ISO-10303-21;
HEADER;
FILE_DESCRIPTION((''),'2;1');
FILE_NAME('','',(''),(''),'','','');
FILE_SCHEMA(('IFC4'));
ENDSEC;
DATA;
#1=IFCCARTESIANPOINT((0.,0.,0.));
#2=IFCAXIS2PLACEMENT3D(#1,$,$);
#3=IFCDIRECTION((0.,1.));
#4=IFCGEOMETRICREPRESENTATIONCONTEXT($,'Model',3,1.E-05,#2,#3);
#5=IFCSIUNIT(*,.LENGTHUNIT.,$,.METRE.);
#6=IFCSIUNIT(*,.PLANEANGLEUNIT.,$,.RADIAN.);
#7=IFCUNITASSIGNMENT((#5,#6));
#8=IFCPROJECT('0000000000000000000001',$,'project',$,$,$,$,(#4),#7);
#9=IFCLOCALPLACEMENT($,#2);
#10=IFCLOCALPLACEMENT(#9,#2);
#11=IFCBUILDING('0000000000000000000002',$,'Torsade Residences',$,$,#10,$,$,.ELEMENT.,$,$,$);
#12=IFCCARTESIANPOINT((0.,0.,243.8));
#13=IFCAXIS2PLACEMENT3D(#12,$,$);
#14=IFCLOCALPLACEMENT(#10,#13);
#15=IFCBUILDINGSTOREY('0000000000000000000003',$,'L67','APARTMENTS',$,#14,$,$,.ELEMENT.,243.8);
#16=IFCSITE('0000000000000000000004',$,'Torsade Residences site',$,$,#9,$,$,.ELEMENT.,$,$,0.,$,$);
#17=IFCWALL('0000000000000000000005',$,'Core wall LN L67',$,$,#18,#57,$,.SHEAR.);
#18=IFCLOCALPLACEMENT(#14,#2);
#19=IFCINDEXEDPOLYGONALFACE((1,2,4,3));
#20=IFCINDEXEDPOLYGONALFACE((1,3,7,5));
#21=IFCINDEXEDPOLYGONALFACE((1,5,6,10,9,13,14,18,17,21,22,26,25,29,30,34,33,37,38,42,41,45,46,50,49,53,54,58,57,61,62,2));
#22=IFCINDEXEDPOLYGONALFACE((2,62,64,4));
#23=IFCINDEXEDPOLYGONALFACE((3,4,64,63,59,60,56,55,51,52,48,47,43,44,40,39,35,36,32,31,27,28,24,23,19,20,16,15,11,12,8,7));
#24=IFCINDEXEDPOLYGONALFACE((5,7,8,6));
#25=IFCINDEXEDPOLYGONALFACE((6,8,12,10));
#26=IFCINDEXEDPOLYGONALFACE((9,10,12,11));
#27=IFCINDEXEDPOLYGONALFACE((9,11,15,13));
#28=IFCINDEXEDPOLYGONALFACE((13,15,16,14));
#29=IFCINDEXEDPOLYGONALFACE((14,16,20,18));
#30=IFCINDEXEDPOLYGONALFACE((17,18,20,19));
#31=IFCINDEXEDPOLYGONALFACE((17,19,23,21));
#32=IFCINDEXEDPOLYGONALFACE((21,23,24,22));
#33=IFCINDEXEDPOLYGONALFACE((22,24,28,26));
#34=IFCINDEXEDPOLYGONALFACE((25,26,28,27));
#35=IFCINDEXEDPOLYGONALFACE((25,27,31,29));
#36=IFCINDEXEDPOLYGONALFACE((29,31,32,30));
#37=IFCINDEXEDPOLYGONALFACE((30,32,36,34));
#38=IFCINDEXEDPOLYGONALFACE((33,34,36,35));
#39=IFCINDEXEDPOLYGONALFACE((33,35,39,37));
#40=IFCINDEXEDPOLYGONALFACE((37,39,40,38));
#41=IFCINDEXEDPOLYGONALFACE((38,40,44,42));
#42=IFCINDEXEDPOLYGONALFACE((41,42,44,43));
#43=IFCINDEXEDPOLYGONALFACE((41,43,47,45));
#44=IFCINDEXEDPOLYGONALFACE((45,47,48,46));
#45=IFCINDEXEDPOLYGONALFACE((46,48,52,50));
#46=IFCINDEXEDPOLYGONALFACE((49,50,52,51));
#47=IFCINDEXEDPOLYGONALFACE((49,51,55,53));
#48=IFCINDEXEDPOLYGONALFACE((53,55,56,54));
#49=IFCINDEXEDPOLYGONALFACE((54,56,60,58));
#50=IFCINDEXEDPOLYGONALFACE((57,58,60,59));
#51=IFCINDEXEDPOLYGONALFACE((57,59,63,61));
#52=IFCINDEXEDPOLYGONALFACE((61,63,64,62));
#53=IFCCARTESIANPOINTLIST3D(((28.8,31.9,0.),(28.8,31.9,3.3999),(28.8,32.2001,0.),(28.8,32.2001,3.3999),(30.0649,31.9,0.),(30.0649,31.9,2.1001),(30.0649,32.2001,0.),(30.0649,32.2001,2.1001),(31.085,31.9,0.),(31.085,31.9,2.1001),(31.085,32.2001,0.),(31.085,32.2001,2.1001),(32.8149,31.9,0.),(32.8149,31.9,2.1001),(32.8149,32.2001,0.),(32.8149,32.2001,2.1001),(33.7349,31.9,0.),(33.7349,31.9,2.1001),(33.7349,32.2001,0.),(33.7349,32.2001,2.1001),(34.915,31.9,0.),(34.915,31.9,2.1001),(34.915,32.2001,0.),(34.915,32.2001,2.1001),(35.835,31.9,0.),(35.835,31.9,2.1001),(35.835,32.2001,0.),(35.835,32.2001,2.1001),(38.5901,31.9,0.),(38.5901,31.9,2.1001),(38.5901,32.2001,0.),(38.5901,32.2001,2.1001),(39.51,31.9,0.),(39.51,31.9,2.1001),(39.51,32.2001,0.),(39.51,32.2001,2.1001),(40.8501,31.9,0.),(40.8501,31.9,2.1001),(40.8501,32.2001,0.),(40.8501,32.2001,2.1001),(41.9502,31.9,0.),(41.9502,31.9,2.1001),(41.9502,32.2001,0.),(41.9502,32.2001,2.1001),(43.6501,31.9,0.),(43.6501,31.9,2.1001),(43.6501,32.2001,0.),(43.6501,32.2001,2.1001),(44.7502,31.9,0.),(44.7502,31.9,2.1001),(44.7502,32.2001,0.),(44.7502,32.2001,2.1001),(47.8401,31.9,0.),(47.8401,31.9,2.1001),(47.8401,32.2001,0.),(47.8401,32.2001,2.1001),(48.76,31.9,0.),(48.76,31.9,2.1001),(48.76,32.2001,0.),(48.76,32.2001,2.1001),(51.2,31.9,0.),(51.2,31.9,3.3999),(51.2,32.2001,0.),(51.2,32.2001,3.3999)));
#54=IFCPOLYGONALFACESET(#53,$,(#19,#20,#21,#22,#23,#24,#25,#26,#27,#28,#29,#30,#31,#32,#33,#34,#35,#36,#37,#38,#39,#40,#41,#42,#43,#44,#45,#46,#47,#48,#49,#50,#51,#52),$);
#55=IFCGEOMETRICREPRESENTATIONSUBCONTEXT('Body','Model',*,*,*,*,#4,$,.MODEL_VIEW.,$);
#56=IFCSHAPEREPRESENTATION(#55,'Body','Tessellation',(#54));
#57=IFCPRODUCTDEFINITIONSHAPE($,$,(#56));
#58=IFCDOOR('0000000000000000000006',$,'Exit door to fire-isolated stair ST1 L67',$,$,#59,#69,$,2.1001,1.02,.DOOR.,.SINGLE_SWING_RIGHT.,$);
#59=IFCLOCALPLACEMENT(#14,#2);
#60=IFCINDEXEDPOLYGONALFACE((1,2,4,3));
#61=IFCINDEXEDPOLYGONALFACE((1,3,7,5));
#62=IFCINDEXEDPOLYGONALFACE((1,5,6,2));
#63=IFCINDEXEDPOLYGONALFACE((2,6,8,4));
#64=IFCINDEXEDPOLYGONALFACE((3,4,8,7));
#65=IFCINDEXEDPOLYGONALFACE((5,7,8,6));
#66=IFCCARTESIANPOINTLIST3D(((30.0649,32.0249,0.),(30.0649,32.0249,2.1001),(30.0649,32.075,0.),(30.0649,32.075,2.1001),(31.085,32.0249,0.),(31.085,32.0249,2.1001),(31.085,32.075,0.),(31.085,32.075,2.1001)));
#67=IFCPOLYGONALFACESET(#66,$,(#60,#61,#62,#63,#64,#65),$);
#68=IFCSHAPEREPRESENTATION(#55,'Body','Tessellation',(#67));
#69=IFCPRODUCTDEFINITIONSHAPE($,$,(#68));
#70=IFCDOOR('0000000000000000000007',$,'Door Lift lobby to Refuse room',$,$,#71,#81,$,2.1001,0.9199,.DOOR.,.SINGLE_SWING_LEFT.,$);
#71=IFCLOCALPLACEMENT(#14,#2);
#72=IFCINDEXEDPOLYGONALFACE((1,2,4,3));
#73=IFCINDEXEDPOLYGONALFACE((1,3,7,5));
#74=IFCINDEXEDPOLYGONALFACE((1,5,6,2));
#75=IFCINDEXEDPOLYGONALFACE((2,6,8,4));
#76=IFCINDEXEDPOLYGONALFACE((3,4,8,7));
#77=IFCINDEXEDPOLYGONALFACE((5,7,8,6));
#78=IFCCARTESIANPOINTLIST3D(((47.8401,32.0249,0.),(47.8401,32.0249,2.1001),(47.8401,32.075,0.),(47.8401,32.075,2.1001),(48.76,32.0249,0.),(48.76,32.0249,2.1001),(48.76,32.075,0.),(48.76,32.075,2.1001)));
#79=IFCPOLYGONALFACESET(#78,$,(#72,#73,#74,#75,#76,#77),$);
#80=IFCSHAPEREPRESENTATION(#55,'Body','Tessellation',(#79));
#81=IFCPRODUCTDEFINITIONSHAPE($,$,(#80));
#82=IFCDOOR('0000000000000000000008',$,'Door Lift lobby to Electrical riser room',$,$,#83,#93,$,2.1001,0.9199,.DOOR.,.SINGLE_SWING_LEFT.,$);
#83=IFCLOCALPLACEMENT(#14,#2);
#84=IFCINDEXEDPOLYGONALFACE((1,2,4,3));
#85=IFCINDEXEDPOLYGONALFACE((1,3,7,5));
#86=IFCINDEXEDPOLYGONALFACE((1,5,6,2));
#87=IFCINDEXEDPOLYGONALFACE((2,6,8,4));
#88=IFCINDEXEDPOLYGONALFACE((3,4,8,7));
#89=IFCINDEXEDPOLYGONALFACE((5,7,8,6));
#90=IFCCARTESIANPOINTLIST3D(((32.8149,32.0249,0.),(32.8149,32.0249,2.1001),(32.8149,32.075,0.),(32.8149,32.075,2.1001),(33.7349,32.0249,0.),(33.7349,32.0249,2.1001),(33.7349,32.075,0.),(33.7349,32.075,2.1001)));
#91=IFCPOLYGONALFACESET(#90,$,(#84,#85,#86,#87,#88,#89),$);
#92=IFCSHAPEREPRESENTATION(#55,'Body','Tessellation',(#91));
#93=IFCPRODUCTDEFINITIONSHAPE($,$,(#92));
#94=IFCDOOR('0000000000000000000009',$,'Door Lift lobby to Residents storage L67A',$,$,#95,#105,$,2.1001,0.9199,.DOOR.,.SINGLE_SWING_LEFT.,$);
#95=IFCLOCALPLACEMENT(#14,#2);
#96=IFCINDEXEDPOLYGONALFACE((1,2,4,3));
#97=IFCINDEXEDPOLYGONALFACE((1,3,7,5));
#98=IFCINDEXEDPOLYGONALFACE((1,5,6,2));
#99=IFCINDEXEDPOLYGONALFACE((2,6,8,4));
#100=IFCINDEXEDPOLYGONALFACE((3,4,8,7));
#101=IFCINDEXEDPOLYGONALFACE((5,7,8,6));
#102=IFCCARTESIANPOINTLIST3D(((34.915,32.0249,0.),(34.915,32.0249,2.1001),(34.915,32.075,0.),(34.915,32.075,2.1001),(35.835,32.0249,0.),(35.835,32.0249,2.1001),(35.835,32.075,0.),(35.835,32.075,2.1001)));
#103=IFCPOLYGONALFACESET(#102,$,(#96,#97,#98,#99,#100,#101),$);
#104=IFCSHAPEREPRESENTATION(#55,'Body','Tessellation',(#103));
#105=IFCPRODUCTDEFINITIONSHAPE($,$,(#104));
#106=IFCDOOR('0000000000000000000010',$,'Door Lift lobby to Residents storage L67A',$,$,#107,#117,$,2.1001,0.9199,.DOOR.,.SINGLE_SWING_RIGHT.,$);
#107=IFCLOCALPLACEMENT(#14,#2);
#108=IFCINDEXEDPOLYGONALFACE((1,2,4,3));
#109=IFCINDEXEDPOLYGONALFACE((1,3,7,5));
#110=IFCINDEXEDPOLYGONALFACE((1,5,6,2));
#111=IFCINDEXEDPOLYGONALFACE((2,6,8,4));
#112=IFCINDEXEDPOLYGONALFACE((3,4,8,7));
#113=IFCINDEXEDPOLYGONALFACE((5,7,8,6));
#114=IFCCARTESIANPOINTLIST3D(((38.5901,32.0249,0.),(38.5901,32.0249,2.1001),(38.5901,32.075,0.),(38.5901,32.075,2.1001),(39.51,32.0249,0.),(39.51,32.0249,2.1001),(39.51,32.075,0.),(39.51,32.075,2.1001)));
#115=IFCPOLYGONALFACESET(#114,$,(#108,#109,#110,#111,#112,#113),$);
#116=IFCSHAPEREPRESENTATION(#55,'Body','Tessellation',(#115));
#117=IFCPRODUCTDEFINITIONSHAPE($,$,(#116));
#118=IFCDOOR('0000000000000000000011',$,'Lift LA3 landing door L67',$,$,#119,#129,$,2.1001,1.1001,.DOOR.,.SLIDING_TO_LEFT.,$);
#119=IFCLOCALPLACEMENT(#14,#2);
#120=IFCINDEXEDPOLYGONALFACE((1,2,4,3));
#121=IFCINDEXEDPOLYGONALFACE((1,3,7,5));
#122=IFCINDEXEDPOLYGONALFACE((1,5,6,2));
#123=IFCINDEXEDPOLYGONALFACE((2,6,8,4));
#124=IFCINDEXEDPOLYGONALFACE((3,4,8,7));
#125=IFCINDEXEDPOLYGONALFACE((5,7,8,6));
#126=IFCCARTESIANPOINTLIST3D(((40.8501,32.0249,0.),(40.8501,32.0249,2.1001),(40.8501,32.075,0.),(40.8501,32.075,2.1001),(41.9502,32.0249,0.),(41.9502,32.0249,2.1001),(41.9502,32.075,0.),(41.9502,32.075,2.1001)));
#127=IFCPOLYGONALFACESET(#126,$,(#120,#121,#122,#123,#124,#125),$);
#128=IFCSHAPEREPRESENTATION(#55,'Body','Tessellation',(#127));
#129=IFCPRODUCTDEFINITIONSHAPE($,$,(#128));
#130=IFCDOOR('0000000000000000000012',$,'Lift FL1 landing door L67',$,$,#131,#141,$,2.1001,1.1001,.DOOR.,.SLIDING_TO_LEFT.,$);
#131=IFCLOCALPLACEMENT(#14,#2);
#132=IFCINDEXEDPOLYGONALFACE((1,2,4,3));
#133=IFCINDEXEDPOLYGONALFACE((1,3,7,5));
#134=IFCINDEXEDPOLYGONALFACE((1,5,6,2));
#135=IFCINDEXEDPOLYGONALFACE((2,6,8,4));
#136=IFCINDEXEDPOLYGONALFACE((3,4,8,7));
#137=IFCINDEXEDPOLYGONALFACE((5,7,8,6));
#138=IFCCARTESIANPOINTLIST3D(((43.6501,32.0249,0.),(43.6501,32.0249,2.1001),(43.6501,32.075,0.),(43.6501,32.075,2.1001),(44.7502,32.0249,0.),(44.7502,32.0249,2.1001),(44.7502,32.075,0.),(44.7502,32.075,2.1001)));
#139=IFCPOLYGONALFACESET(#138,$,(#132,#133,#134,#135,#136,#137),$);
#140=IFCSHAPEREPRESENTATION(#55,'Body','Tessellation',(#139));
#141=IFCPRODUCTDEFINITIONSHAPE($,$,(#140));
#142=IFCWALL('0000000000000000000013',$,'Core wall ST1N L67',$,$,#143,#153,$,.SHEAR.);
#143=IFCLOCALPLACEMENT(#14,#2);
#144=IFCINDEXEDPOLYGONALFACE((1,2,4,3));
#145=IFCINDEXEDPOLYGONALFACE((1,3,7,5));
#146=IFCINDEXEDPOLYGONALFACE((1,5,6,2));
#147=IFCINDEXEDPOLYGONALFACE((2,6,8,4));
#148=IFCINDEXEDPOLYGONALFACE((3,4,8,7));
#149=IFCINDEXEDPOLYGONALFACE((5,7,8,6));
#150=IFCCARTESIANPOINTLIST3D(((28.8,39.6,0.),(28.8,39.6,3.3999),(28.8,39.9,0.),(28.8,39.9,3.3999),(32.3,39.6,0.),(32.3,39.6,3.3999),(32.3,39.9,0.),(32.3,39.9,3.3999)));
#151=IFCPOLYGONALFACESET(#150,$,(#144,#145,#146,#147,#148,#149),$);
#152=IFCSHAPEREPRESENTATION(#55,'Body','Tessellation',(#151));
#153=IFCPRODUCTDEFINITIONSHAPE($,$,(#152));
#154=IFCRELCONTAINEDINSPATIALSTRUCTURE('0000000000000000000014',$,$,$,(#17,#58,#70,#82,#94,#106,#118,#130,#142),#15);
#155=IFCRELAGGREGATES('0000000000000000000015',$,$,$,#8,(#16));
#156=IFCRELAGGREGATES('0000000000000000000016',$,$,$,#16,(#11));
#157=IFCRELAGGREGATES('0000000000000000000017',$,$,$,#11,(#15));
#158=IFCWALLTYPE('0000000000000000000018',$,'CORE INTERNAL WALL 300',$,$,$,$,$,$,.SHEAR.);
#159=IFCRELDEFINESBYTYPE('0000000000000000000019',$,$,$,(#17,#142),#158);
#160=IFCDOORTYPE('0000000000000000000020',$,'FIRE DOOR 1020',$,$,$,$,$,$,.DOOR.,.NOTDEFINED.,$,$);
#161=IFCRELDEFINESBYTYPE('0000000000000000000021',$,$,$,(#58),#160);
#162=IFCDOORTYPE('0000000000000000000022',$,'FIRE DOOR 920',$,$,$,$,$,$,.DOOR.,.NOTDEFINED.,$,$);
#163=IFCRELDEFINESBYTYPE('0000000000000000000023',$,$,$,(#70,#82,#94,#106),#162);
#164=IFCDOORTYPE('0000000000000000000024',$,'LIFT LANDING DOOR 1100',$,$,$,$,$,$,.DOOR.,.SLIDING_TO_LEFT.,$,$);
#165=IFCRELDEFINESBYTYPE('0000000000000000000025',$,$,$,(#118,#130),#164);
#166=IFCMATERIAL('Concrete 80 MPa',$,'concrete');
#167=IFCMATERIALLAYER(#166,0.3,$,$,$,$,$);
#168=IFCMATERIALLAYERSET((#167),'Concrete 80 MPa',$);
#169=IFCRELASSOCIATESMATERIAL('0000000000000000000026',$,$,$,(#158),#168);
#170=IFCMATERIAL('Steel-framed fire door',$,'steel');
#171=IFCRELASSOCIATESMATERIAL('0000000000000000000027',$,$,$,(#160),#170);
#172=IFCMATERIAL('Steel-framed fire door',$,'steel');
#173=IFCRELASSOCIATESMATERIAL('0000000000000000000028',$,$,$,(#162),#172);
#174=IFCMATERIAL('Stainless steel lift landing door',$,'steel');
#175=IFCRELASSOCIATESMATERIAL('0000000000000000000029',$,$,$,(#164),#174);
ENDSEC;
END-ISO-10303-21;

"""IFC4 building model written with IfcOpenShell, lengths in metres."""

from ifc_helpers import new_model, si_unit, direction, frame, frame_2d, origin, place, context, subcontext, project, spatial, rectangle, extrude, material, layer, layer_set, type_object, element, fill, save


model = new_model("IFC4")

# Units and contexts
model_context = context("Model", 3, precision=1e-05, world=origin(), true_north=direction((0.0, 1.0)))
body_context = subcontext(model_context, "Body", "Model", "MODEL_VIEW")
ifc_project = project(units=[si_unit("LENGTHUNIT", "METRE"), si_unit("PLANEANGLEUNIT", "RADIAN")], contexts=[model_context])

# Site, building, storey
site_placement = place(None, origin())
site = spatial("IfcSite", under=ifc_project, at=site_placement, Name="Torsade Residences site", CompositionType="ELEMENT", RefElevation=0.0)
building_placement = place(site_placement, origin())
building = spatial("IfcBuilding", under=site, at=building_placement, Name="Torsade Residences", CompositionType="ELEMENT")
storey_placement = place(building_placement, frame((0.0, 0.0, 243.8)))
storey = spatial("IfcBuildingStorey", under=building, at=storey_placement, Name="L67", Description="APARTMENTS", CompositionType="ELEMENT", Elevation=243.8)

# Wall, openings, doors
ifc_material_1 = material(Name="Concrete 80 MPa", Category="concrete")
ifc_layer_1 = layer(ifc_material_1, 0.3)
ifc_layer_set_1 = layer_set([ifc_layer_1], Name="Concrete 80 MPa")
wall_type_1 = type_object("IfcWallType", Name="CORE INTERNAL WALL 300", PredefinedType="SHEAR", material=ifc_layer_set_1)
wall_1_placement = place(storey_placement, frame((28.8, 32.05, 0.0), z_axis=(0.0, 0.0, 1.0), x_axis=(1.0, 0.0, 0.0)))
wall_1 = element("IfcWall", 1, at=wall_1_placement, inside=storey, type_object=wall_type_1, Name="Core wall LN L67", PredefinedType="SHEAR", context=body_context, shape_type="SweptSolid", body=[
    extrude(rectangle(XDim=22.3999, YDim=0.3, at=frame_2d((11.2, 0.0))), origin(), (0.0, 0.0, 1.0), 3.3999),
])
opening_1_placement = place(wall_1_placement, frame((19.04, 0.0, 0.0)))
opening_1 = element("IfcOpeningElement", 2, at=opening_1_placement, cuts=wall_1, PredefinedType="OPENING", context=body_context, shape_type="SweptSolid", body=[
    extrude(rectangle(XDim=0.9199, YDim=2.1001, at=frame_2d((0.46, 1.05))), frame((0.0, 0.1599, 0.0), z_axis=(0.0, -1.0, 0.0), x_axis=(1.0, 0.0, 0.0)), (0.0, 0.0, 1.0), 0.3201),
])
opening_2_placement = place(wall_1_placement, frame((1.2649, 0.0, 0.0)))
opening_2 = element("IfcOpeningElement", 3, at=opening_2_placement, cuts=wall_1, PredefinedType="OPENING", context=body_context, shape_type="SweptSolid", body=[
    extrude(rectangle(XDim=1.02, YDim=2.1001, at=frame_2d((0.51, 1.05))), frame((0.0, 0.1599, 0.0), z_axis=(0.0, -1.0, 0.0), x_axis=(1.0, 0.0, 0.0)), (0.0, 0.0, 1.0), 0.3201),
])
opening_3_placement = place(wall_1_placement, frame((4.0149, 0.0, 0.0)))
opening_3 = element("IfcOpeningElement", 4, at=opening_3_placement, cuts=wall_1, PredefinedType="OPENING", context=body_context, shape_type="SweptSolid", body=[
    extrude(rectangle(XDim=0.9199, YDim=2.1001, at=frame_2d((0.46, 1.05))), frame((0.0, 0.1599, 0.0), z_axis=(0.0, -1.0, 0.0), x_axis=(1.0, 0.0, 0.0)), (0.0, 0.0, 1.0), 0.3201),
])
opening_4_placement = place(wall_1_placement, frame((6.115, 0.0, 0.0)))
opening_4 = element("IfcOpeningElement", 5, at=opening_4_placement, cuts=wall_1, PredefinedType="OPENING", context=body_context, shape_type="SweptSolid", body=[
    extrude(rectangle(XDim=0.9199, YDim=2.1001, at=frame_2d((0.46, 1.05))), frame((0.0, 0.1599, 0.0), z_axis=(0.0, -1.0, 0.0), x_axis=(1.0, 0.0, 0.0)), (0.0, 0.0, 1.0), 0.3201),
])
opening_5_placement = place(wall_1_placement, frame((9.79, 0.0, 0.0)))
opening_5 = element("IfcOpeningElement", 6, at=opening_5_placement, cuts=wall_1, PredefinedType="OPENING", context=body_context, shape_type="SweptSolid", body=[
    extrude(rectangle(XDim=0.9199, YDim=2.1001, at=frame_2d((0.46, 1.05))), frame((0.0, 0.1599, 0.0), z_axis=(0.0, -1.0, 0.0), x_axis=(1.0, 0.0, 0.0)), (0.0, 0.0, 1.0), 0.3201),
])
opening_6_placement = place(wall_1_placement, frame((12.05, 0.0, 0.0)))
opening_6 = element("IfcOpeningElement", 7, at=opening_6_placement, cuts=wall_1, PredefinedType="OPENING", context=body_context, shape_type="SweptSolid", body=[
    extrude(rectangle(XDim=1.1001, YDim=2.1001, at=frame_2d((0.55, 1.05))), frame((0.0, 0.1599, 0.0), z_axis=(0.0, -1.0, 0.0), x_axis=(1.0, 0.0, 0.0)), (0.0, 0.0, 1.0), 0.3201),
])
opening_7_placement = place(wall_1_placement, frame((14.8501, 0.0, 0.0)))
opening_7 = element("IfcOpeningElement", 8, at=opening_7_placement, cuts=wall_1, PredefinedType="OPENING", context=body_context, shape_type="SweptSolid", body=[
    extrude(rectangle(XDim=1.1001, YDim=2.1001, at=frame_2d((0.55, 1.05))), frame((0.0, 0.1599, 0.0), z_axis=(0.0, -1.0, 0.0), x_axis=(1.0, 0.0, 0.0)), (0.0, 0.0, 1.0), 0.3201),
])
ifc_material_2 = material(Name="Steel-framed fire door", Category="steel")
door_type_1 = type_object("IfcDoorType", Name="FIRE DOOR 1020", OperationType="NOTDEFINED", PredefinedType="DOOR", material=ifc_material_2)
door_1_placement = place(opening_2_placement, origin())
door_1 = element("IfcDoor", 9, at=door_1_placement, inside=storey, type_object=door_type_1, Name="Exit door to fire-isolated stair ST1 L67", OperationType="SINGLE_SWING_RIGHT", OverallHeight=2.1001, OverallWidth=1.02, PredefinedType="DOOR", context=body_context, shape_type="SweptSolid", body=[
    extrude(rectangle(XDim=1.02, YDim=2.1001, at=frame_2d((0.51, 1.05))), frame((0.0, 0.0249, 0.0), z_axis=(0.0, -1.0, 0.0), x_axis=(1.0, 0.0, 0.0)), (0.0, 0.0, 1.0), 0.05),
])
fill(opening_2, door_1)
ifc_material_3 = material(Name="Steel-framed fire door", Category="steel")
door_type_2 = type_object("IfcDoorType", Name="FIRE DOOR 920", OperationType="NOTDEFINED", PredefinedType="DOOR", material=ifc_material_3)
door_2_placement = place(opening_1_placement, origin())
door_2 = element("IfcDoor", 10, at=door_2_placement, inside=storey, type_object=door_type_2, Name="Door Lift lobby to Refuse room", OperationType="SINGLE_SWING_LEFT", OverallHeight=2.1001, OverallWidth=0.9199, PredefinedType="DOOR", context=body_context, shape_type="SweptSolid", body=[
    extrude(rectangle(XDim=0.9199, YDim=2.1001, at=frame_2d((0.46, 1.05))), frame((0.0, 0.0249, 0.0), z_axis=(0.0, -1.0, 0.0), x_axis=(1.0, 0.0, 0.0)), (0.0, 0.0, 1.0), 0.05),
])
fill(opening_1, door_2)
door_3_placement = place(opening_3_placement, origin())
door_3 = element("IfcDoor", 11, at=door_3_placement, inside=storey, type_object=door_type_2, Name="Door Lift lobby to Electrical riser room", OperationType="SINGLE_SWING_LEFT", OverallHeight=2.1001, OverallWidth=0.9199, PredefinedType="DOOR", context=body_context, shape_type="SweptSolid", body=[
    extrude(rectangle(XDim=0.9199, YDim=2.1001, at=frame_2d((0.46, 1.05))), frame((0.0, 0.0249, 0.0), z_axis=(0.0, -1.0, 0.0), x_axis=(1.0, 0.0, 0.0)), (0.0, 0.0, 1.0), 0.05),
])
fill(opening_3, door_3)
door_4_placement = place(opening_4_placement, origin())
door_4 = element("IfcDoor", 12, at=door_4_placement, inside=storey, type_object=door_type_2, Name="Door Lift lobby to Residents storage L67A", OperationType="SINGLE_SWING_LEFT", OverallHeight=2.1001, OverallWidth=0.9199, PredefinedType="DOOR", context=body_context, shape_type="SweptSolid", body=[
    extrude(rectangle(XDim=0.9199, YDim=2.1001, at=frame_2d((0.46, 1.05))), frame((0.0, 0.0249, 0.0), z_axis=(0.0, -1.0, 0.0), x_axis=(1.0, 0.0, 0.0)), (0.0, 0.0, 1.0), 0.05),
])
fill(opening_4, door_4)
door_5_placement = place(opening_5_placement, origin())
door_5 = element("IfcDoor", 13, at=door_5_placement, inside=storey, type_object=door_type_2, Name="Door Lift lobby to Residents storage L67A", OperationType="SINGLE_SWING_RIGHT", OverallHeight=2.1001, OverallWidth=0.9199, PredefinedType="DOOR", context=body_context, shape_type="SweptSolid", body=[
    extrude(rectangle(XDim=0.9199, YDim=2.1001, at=frame_2d((0.46, 1.05))), frame((0.0, 0.0249, 0.0), z_axis=(0.0, -1.0, 0.0), x_axis=(1.0, 0.0, 0.0)), (0.0, 0.0, 1.0), 0.05),
])
fill(opening_5, door_5)
ifc_material_4 = material(Name="Stainless steel lift landing door", Category="steel")
door_type_3 = type_object("IfcDoorType", Name="LIFT LANDING DOOR 1100", OperationType="SLIDING_TO_LEFT", PredefinedType="DOOR", material=ifc_material_4)
door_6_placement = place(opening_6_placement, origin())
door_6 = element("IfcDoor", 14, at=door_6_placement, inside=storey, type_object=door_type_3, Name="Lift LA3 landing door L67", OperationType="SLIDING_TO_LEFT", OverallHeight=2.1001, OverallWidth=1.1001, PredefinedType="DOOR", context=body_context, shape_type="SweptSolid", body=[
    extrude(rectangle(XDim=1.1001, YDim=2.1001, at=frame_2d((0.55, 1.05))), frame((0.0, 0.0249, 0.0), z_axis=(0.0, -1.0, 0.0), x_axis=(1.0, 0.0, 0.0)), (0.0, 0.0, 1.0), 0.05),
])
fill(opening_6, door_6)
door_7_placement = place(opening_7_placement, origin())
door_7 = element("IfcDoor", 15, at=door_7_placement, inside=storey, type_object=door_type_3, Name="Lift FL1 landing door L67", OperationType="SLIDING_TO_LEFT", OverallHeight=2.1001, OverallWidth=1.1001, PredefinedType="DOOR", context=body_context, shape_type="SweptSolid", body=[
    extrude(rectangle(XDim=1.1001, YDim=2.1001, at=frame_2d((0.55, 1.05))), frame((0.0, 0.0249, 0.0), z_axis=(0.0, -1.0, 0.0), x_axis=(1.0, 0.0, 0.0)), (0.0, 0.0, 1.0), 0.05),
])
fill(opening_7, door_7)

# Wall
wall_2_placement = place(storey_placement, frame((28.8, 39.75, 0.0), z_axis=(0.0, 0.0, 1.0), x_axis=(1.0, 0.0, 0.0)))
element("IfcWall", 16, at=wall_2_placement, inside=storey, type_object=wall_type_1, Name="Core wall ST1N L67", PredefinedType="SHEAR", context=body_context, shape_type="SweptSolid", body=[
    extrude(rectangle(XDim=3.5, YDim=0.3, at=frame_2d((1.75, 0.0))), origin(), (0.0, 0.0, 1.0), 3.3999),
])

save(model, "model.ifc")
